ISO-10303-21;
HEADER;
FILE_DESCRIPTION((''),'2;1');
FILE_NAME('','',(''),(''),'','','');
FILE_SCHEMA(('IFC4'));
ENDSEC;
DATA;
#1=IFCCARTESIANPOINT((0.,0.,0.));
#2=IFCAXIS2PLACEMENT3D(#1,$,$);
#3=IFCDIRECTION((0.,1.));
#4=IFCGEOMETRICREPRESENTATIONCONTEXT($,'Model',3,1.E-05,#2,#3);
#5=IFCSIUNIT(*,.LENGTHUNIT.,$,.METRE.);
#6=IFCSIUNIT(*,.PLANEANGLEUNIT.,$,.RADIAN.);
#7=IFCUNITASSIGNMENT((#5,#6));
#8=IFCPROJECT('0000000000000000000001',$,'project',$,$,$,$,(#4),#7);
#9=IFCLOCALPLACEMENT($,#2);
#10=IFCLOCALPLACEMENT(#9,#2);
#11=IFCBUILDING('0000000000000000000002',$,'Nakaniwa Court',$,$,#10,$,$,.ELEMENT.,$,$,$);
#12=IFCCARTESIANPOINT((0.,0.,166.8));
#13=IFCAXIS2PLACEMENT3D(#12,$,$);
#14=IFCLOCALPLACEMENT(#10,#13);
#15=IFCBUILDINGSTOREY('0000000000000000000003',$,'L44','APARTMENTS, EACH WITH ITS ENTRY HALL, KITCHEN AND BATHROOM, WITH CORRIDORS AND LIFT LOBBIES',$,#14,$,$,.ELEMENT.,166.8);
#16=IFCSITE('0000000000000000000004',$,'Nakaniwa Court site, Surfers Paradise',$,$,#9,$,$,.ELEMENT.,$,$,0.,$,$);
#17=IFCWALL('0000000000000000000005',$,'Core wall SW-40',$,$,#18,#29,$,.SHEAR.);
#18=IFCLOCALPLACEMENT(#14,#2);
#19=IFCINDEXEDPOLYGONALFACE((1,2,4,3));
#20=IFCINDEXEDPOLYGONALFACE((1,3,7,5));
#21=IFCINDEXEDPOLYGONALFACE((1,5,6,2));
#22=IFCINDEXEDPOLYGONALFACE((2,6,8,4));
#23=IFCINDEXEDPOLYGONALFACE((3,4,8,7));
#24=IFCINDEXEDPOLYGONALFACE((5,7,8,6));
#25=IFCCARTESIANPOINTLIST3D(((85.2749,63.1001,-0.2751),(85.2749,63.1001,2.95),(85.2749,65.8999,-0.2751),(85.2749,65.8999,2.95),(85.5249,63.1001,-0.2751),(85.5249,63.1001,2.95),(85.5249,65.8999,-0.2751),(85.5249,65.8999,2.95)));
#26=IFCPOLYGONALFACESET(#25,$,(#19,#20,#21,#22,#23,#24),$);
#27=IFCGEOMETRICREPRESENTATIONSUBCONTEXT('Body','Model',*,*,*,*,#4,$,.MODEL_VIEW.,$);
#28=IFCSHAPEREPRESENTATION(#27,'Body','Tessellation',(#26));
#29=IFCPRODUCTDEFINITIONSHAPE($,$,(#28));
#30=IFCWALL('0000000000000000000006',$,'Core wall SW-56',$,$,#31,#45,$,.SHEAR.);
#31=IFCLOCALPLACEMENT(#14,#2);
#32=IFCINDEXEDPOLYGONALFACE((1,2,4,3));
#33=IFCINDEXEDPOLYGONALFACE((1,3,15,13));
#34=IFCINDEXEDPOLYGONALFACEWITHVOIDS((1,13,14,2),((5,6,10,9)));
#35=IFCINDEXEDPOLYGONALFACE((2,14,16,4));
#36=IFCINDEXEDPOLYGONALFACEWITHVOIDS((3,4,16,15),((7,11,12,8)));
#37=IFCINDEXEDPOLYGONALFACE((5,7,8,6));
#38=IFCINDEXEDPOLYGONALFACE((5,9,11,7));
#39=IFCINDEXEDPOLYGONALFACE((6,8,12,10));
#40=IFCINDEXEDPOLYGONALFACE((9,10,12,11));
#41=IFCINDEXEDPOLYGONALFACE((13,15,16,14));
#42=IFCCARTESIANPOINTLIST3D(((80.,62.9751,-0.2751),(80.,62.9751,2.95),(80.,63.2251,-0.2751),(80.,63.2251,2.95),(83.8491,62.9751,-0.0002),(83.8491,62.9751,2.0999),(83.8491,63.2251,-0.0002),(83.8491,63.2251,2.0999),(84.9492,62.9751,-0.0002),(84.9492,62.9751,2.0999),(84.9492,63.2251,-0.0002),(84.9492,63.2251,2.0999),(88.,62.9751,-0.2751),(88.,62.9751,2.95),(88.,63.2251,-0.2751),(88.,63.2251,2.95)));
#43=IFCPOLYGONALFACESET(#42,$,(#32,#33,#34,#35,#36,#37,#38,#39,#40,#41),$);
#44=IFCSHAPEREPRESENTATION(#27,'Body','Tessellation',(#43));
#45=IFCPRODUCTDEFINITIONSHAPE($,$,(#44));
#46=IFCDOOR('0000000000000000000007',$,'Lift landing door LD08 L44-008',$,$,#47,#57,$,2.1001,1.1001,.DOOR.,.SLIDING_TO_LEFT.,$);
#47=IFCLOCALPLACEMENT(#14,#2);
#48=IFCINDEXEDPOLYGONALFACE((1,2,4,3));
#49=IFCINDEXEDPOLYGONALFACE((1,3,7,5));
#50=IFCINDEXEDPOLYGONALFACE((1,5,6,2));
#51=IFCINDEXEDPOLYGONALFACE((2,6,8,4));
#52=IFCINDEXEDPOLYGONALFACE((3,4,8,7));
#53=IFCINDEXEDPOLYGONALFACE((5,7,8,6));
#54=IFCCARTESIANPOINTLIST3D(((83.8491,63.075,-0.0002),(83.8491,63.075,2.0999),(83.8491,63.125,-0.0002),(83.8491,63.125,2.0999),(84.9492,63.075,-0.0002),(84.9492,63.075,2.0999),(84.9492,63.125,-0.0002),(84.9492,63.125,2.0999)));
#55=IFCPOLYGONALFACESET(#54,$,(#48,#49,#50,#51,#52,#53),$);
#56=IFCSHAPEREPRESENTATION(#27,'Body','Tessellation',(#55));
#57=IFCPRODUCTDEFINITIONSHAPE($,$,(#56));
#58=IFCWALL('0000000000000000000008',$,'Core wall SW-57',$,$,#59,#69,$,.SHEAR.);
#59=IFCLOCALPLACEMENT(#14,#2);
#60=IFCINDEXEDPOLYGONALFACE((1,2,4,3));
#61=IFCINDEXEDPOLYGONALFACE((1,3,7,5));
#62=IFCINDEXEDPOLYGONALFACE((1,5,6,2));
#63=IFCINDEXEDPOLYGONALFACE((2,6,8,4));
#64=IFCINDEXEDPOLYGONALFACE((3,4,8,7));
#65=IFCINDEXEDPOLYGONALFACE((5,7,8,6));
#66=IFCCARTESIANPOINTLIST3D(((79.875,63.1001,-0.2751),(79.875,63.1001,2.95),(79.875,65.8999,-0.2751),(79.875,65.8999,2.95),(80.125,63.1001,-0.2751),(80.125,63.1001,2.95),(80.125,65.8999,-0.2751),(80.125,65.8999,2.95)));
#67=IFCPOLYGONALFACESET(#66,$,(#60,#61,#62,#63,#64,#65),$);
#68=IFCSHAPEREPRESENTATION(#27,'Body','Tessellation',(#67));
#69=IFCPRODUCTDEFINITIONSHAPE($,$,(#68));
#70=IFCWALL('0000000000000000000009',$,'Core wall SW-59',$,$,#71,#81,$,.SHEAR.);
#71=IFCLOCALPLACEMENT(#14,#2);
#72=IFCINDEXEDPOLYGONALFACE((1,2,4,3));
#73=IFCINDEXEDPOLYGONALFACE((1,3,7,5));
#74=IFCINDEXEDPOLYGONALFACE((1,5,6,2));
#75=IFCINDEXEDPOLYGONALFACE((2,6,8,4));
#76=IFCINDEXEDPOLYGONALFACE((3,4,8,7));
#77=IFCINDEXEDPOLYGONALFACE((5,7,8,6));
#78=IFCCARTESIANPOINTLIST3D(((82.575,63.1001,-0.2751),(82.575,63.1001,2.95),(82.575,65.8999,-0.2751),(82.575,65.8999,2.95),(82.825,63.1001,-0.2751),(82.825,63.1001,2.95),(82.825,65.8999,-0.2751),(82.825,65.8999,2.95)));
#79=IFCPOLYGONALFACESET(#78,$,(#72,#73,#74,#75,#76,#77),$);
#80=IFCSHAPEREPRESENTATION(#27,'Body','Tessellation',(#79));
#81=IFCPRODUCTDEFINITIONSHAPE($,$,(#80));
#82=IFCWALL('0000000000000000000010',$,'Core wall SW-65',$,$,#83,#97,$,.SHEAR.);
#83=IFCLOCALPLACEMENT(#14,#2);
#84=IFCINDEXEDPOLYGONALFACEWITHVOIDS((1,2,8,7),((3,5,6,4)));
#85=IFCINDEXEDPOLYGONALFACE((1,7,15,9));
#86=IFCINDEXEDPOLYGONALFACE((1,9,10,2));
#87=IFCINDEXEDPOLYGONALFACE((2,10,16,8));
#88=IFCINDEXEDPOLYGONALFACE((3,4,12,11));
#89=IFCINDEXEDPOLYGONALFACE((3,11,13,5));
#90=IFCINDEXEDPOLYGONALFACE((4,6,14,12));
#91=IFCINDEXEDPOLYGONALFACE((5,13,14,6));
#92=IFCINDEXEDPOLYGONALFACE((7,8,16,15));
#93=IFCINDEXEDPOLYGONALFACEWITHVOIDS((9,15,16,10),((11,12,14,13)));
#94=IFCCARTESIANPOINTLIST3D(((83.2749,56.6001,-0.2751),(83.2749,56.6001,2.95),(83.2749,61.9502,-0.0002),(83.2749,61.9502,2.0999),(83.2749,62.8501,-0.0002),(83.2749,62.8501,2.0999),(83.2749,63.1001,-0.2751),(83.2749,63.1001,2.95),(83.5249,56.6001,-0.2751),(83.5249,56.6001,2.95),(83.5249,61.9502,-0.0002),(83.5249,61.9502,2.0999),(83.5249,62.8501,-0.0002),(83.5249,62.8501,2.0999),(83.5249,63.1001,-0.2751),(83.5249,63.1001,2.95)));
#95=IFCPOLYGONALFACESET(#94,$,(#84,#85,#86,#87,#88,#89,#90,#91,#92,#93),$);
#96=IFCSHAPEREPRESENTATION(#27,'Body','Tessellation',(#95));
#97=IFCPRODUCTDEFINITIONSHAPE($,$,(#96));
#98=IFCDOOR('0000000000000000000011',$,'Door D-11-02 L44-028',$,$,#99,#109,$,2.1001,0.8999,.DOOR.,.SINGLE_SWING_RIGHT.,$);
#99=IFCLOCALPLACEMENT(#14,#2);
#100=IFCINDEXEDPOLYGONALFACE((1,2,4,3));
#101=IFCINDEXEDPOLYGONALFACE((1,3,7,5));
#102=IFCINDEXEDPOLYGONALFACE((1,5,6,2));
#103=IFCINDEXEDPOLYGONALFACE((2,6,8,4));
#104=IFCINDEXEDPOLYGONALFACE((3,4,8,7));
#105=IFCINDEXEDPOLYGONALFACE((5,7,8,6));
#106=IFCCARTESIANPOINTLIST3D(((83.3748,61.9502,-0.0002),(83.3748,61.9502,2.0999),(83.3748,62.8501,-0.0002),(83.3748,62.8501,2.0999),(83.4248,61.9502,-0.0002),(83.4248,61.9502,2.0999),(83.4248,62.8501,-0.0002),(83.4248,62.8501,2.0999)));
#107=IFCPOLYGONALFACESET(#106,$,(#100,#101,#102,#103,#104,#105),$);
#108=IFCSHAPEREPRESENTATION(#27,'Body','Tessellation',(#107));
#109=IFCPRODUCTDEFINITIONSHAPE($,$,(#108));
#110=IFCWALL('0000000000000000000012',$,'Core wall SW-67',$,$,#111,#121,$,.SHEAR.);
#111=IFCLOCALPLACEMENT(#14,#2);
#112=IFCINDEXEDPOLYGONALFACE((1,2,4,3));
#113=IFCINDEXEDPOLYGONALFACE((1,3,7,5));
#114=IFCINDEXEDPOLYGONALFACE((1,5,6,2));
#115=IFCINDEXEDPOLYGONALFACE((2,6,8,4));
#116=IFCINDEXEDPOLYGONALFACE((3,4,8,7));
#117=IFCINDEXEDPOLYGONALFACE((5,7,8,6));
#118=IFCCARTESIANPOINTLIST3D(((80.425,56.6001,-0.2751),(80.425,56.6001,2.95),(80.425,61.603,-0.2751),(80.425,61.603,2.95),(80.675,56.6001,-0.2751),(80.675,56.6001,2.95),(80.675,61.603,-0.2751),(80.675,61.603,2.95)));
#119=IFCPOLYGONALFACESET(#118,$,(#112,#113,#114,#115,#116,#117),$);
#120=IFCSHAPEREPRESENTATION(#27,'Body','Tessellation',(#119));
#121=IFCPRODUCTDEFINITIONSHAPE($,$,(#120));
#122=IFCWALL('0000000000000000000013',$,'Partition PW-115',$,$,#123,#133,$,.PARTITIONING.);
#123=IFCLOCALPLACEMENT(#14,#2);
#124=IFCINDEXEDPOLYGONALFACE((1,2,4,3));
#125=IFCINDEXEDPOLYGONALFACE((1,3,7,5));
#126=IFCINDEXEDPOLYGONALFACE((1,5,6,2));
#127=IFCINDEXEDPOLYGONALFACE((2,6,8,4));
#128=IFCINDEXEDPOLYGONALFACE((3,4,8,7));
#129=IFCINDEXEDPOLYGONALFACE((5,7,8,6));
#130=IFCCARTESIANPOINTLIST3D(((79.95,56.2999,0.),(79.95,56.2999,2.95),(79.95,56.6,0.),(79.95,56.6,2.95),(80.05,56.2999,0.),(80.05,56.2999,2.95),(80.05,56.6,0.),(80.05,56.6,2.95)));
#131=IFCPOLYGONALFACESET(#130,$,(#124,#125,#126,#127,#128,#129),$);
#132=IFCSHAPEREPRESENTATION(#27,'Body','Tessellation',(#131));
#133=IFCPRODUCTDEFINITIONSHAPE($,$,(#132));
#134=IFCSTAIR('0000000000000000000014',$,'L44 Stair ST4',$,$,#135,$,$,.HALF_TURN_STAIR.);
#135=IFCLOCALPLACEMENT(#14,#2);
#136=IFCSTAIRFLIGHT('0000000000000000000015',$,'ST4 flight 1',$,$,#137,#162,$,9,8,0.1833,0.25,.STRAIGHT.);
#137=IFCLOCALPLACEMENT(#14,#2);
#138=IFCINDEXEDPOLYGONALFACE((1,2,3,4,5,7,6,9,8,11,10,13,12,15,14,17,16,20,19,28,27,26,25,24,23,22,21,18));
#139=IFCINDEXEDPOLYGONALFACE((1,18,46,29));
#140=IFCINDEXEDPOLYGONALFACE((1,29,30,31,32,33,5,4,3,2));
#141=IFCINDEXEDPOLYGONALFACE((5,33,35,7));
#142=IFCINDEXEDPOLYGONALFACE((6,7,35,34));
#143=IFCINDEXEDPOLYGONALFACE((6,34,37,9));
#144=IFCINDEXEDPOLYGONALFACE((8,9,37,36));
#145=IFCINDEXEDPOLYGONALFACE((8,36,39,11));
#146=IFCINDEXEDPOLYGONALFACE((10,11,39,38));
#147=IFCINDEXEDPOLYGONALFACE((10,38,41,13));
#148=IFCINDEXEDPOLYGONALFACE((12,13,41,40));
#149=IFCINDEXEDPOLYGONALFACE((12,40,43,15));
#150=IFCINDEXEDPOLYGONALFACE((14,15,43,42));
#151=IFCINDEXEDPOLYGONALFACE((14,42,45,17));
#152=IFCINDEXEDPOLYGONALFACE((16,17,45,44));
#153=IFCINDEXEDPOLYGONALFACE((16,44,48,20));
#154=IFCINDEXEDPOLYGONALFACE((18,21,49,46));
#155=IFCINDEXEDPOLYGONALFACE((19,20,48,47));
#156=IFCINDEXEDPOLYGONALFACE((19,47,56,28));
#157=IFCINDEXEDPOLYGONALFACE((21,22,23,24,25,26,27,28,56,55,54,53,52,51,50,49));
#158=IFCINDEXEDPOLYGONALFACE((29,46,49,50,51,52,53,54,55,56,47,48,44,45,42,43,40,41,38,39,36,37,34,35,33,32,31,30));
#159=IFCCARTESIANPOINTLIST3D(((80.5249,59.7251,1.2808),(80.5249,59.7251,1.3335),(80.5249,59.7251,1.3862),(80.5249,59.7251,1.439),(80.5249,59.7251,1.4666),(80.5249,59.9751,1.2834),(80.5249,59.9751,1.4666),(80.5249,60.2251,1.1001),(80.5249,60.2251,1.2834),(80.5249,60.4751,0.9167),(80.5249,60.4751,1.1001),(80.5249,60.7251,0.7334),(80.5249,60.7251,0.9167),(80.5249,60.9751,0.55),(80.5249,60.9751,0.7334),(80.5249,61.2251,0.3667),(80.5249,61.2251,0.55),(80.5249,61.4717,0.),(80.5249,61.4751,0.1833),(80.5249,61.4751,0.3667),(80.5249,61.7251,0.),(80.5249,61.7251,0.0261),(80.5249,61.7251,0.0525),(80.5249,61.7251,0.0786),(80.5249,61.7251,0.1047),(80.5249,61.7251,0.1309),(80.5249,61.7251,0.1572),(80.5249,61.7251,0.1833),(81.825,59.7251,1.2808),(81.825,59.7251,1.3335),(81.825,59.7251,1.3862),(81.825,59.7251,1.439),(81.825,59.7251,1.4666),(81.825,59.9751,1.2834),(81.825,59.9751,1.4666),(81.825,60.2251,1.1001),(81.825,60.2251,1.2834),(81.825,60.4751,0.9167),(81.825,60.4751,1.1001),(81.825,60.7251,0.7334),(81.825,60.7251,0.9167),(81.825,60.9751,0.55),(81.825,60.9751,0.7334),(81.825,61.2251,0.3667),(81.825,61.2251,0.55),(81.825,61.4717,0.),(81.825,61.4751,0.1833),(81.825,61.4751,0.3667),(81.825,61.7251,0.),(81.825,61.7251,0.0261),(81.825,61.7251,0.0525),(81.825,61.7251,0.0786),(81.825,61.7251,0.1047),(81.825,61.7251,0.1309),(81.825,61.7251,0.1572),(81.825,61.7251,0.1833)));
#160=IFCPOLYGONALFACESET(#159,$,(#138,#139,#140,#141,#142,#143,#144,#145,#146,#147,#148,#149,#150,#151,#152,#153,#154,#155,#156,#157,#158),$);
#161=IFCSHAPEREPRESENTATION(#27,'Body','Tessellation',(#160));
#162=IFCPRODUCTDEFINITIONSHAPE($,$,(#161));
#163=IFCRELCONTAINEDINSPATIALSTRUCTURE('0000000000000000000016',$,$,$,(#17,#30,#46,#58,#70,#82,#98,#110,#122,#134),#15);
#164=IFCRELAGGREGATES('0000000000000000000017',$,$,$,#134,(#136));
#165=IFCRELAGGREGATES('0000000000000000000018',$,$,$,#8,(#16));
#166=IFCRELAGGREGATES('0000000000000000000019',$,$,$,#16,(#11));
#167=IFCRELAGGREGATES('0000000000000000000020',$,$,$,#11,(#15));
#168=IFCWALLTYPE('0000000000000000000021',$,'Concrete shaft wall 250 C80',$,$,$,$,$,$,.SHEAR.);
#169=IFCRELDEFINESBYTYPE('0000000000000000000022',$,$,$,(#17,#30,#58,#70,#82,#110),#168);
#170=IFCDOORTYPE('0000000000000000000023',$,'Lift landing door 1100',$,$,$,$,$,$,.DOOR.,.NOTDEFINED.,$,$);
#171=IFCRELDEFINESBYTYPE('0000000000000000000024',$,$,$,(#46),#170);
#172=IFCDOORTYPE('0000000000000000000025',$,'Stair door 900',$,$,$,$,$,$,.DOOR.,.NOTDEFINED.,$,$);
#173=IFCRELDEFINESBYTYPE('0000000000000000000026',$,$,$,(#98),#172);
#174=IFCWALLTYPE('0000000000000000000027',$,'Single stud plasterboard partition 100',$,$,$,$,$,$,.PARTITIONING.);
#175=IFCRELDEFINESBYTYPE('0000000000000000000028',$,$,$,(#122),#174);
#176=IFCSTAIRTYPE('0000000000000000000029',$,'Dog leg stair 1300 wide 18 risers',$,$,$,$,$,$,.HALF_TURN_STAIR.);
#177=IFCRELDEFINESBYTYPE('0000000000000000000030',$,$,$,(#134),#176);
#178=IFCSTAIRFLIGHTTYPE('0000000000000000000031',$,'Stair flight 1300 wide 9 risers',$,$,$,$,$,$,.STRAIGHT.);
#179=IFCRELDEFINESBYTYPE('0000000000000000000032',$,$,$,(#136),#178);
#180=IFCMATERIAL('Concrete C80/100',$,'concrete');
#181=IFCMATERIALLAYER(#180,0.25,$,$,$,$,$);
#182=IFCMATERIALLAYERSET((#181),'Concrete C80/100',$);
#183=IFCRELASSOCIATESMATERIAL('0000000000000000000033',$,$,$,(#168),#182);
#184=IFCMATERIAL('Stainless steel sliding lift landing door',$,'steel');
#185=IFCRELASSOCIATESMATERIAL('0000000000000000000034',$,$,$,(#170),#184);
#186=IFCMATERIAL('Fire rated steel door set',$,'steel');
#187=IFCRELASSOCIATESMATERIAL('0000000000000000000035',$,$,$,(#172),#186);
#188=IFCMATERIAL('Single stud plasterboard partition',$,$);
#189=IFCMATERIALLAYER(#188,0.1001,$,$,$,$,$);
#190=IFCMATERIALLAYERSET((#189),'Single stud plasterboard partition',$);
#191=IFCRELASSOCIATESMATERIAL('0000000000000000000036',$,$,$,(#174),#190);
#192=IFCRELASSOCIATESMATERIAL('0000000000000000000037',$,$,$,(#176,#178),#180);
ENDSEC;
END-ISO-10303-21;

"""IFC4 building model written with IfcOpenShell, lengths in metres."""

from ifc_helpers import new_model, si_unit, direction, frame, frame_2d, origin, place, context, subcontext, project, spatial, polyline, rectangle, outline, extrude, material, layer, layer_set, type_object, element, fill, aggregate, save


model = new_model("IFC4")

# Units and contexts
model_context = context("Model", 3, precision=1e-05, world=origin(), true_north=direction((0.0, 1.0)))
body_context = subcontext(model_context, "Body", "Model", "MODEL_VIEW")
ifc_project = project(units=[si_unit("LENGTHUNIT", "METRE"), si_unit("PLANEANGLEUNIT", "RADIAN")], contexts=[model_context])

# Site, building, storey
site_placement = place(None, origin())
site = spatial("IfcSite", under=ifc_project, at=site_placement, Name="Nakaniwa Court site, Surfers Paradise", CompositionType="ELEMENT", RefElevation=0.0)
building_placement = place(site_placement, origin())
building = spatial("IfcBuilding", under=site, at=building_placement, Name="Nakaniwa Court", CompositionType="ELEMENT")
storey_placement = place(building_placement, frame((0.0, 0.0, 166.8)))
storey = spatial("IfcBuildingStorey", under=building, at=storey_placement, Name="L44", Description="APARTMENTS, EACH WITH ITS ENTRY HALL, KITCHEN AND BATHROOM, WITH CORRIDORS AND LIFT LOBBIES", CompositionType="ELEMENT", Elevation=166.8)

# Shared definitions
ifc_material_1 = material(Name="Concrete C80/100", Category="concrete")

# Shared definitions
ifc_material_2 = material(Name="Fire rated steel door set", Category="steel")

# Wall
ifc_layer_1 = layer(ifc_material_1, 0.25)
ifc_layer_set_1 = layer_set([ifc_layer_1], Name="Concrete C80/100")
wall_type_1 = type_object("IfcWallType", Name="Concrete shaft wall 250 C80", PredefinedType="SHEAR", material=ifc_layer_set_1)
wall_1_placement = place(storey_placement, frame((85.3999, 63.1001, -0.2751), z_axis=(0.0, 0.0, 1.0), x_axis=(0.0, 1.0, 0.0)))
element("IfcWall", 1, at=wall_1_placement, inside=storey, type_object=wall_type_1, Name="Core wall SW-40", PredefinedType="SHEAR", context=body_context, shape_type="SweptSolid", body=[
    extrude(rectangle(XDim=2.7998, YDim=0.25, at=frame_2d((1.3999, 0.0))), origin(), (0.0, 0.0, 1.0), 3.2251),
])

# Wall, opening, door
wall_2_placement = place(storey_placement, frame((80.0, 63.1001, -0.2751), z_axis=(0.0, 0.0, 1.0), x_axis=(1.0, 0.0, 0.0)))
wall_2 = element("IfcWall", 2, at=wall_2_placement, inside=storey, type_object=wall_type_1, Name="Core wall SW-56", PredefinedType="SHEAR", context=body_context, shape_type="SweptSolid", body=[
    extrude(rectangle(XDim=8.0, YDim=0.25, at=frame_2d((4.0, 0.0))), origin(), (0.0, 0.0, 1.0), 3.2251),
])
opening_1_placement = place(wall_2_placement, frame((3.8491, 0.0, 0.2749)))
opening_1 = element("IfcOpeningElement", 3, at=opening_1_placement, cuts=wall_2, PredefinedType="OPENING", context=body_context, shape_type="SweptSolid", body=[
    extrude(rectangle(XDim=1.1001, YDim=2.1001, at=frame_2d((0.55, 1.05))), frame((0.0, 0.135, 0.0), z_axis=(0.0, -1.0, 0.0), x_axis=(1.0, 0.0, 0.0)), (0.0, 0.0, 1.0), 0.27),
])
ifc_material_3 = material(Name="Stainless steel sliding lift landing door", Category="steel")
door_type_1 = type_object("IfcDoorType", Name="Lift landing door 1100", OperationType="NOTDEFINED", PredefinedType="DOOR", material=ifc_material_3)
door_1_placement = place(opening_1_placement, origin())
door_1 = element("IfcDoor", 4, at=door_1_placement, inside=storey, type_object=door_type_1, Name="Lift landing door LD08 L44-008", OperationType="SLIDING_TO_LEFT", OverallHeight=2.1001, OverallWidth=1.1001, PredefinedType="DOOR", context=body_context, shape_type="SweptSolid", body=[
    extrude(rectangle(XDim=1.1001, YDim=2.1001, at=frame_2d((0.55, 1.05))), frame((0.0, 0.0249, 0.0), z_axis=(0.0, -1.0, 0.0), x_axis=(1.0, 0.0, 0.0)), (0.0, 0.0, 1.0), 0.05),
])
fill(opening_1, door_1)

# Walls
for number, where, z_axis, x_axis, name in (
    (5, (80.0, 63.1001, -0.2751), (0.0, 0.0, 1.0), (0.0, 1.0, 0.0), "Core wall SW-57"),
    (6, (82.7, 63.1001, -0.2751), (0.0, 0.0, 1.0), (0.0, 1.0, 0.0), "Core wall SW-59"),
):
    element("IfcWall", number, at=place(storey_placement, frame(where, z_axis=z_axis, x_axis=x_axis)), inside=storey, type_object=wall_type_1, Name=name, PredefinedType="SHEAR", context=body_context, shape_type="SweptSolid", body=[
        extrude(rectangle(XDim=2.7998, YDim=0.25, at=frame_2d((1.3999, 0.0))), origin(), (0.0, 0.0, 1.0), 3.2251),
    ])

# Wall, opening, door
wall_3_placement = place(storey_placement, frame((83.3999, 63.1001, -0.2751), z_axis=(0.0, 0.0, 1.0), x_axis=(0.0, -1.0, 0.0)))
wall_3 = element("IfcWall", 7, at=wall_3_placement, inside=storey, type_object=wall_type_1, Name="Core wall SW-65", PredefinedType="SHEAR", context=body_context, shape_type="SweptSolid", body=[
    extrude(rectangle(XDim=6.5, YDim=0.25, at=frame_2d((3.25, 0.0))), origin(), (0.0, 0.0, 1.0), 3.2251),
])
opening_2_placement = place(wall_3_placement, frame((0.25, 0.0, 0.2749)))
opening_2 = element("IfcOpeningElement", 8, at=opening_2_placement, cuts=wall_3, PredefinedType="OPENING", context=body_context, shape_type="SweptSolid", body=[
    extrude(rectangle(XDim=0.8999, YDim=2.1001, at=frame_2d((0.45, 1.05))), frame((0.0, 0.135, 0.0), z_axis=(0.0, -1.0, 0.0), x_axis=(1.0, 0.0, 0.0)), (0.0, 0.0, 1.0), 0.27),
])
door_type_2 = type_object("IfcDoorType", Name="Stair door 900", OperationType="NOTDEFINED", PredefinedType="DOOR", material=ifc_material_2)
door_2_placement = place(opening_2_placement, origin())
door_2 = element("IfcDoor", 9, at=door_2_placement, inside=storey, type_object=door_type_2, Name="Door D-11-02 L44-028", OperationType="SINGLE_SWING_RIGHT", OverallHeight=2.1001, OverallWidth=0.8999, PredefinedType="DOOR", context=body_context, shape_type="SweptSolid", body=[
    extrude(rectangle(XDim=0.8999, YDim=2.1001, at=frame_2d((0.45, 1.05))), frame((0.0, 0.0249, 0.0), z_axis=(0.0, -1.0, 0.0), x_axis=(1.0, 0.0, 0.0)), (0.0, 0.0, 1.0), 0.05),
])
fill(opening_2, door_2)

# Walls
wall_4_placement = place(storey_placement, frame((80.55, 56.6001, -0.2751), z_axis=(0.0, 0.0, 1.0), x_axis=(0.0, 1.0, 0.0)))
element("IfcWall", 10, at=wall_4_placement, inside=storey, type_object=wall_type_1, Name="Core wall SW-67", PredefinedType="SHEAR", context=body_context, shape_type="SweptSolid", body=[
    extrude(rectangle(XDim=5.0029, YDim=0.25, at=frame_2d((2.5015, 0.0))), origin(), (0.0, 0.0, 1.0), 3.2251),
])
ifc_material_4 = material(Name="Single stud plasterboard partition")
ifc_layer_2 = layer(ifc_material_4, 0.1001)
ifc_layer_set_2 = layer_set([ifc_layer_2], Name="Single stud plasterboard partition")
wall_type_2 = type_object("IfcWallType", Name="Single stud plasterboard partition 100", PredefinedType="PARTITIONING", material=ifc_layer_set_2)
wall_5_placement = place(storey_placement, frame((80.0, 56.3, 0.0), z_axis=(0.0, 0.0, 1.0), x_axis=(0.0, 1.0, 0.0)))
element("IfcWall", 11, at=wall_5_placement, inside=storey, type_object=wall_type_2, Name="Partition PW-115", PredefinedType="PARTITIONING", context=body_context, shape_type="SweptSolid", body=[
    extrude(rectangle(XDim=0.3, YDim=0.1001, at=frame_2d((0.1499, 0.0))), origin(), (0.0, 0.0, 1.0), 2.95),
])

# Stair, stair flight
stair_type = type_object("IfcStairType", Name="Dog leg stair 1300 wide 18 risers", PredefinedType="HALF_TURN_STAIR", material=ifc_material_1)
stair_placement = place(storey_placement, origin())
stair = element("IfcStair", 12, at=stair_placement, inside=storey, type_object=stair_type, Name="L44 Stair ST4", PredefinedType="HALF_TURN_STAIR")
stair_flight_type = type_object("IfcStairFlightType", Name="Stair flight 1300 wide 9 risers", PredefinedType="STRAIGHT", material=ifc_material_1)
stair_flight_1_placement = place(storey_placement, frame((81.175, 61.7251, 0.0), z_axis=(0.0, 0.0, 1.0), x_axis=(0.0, -1.0, 0.0)))
stair_flight_1 = element("IfcStairFlight", 13, at=stair_flight_1_placement, type_object=stair_flight_type, Name="ST4 flight 1", NumberOfRisers=9, NumberOfTreads=8, PredefinedType="STRAIGHT", RiserHeight=0.1833, TreadLength=0.25, context=body_context, shape_type="SweptSolid", body=[
    extrude(outline(polyline([(0.0, 0.0), (0.0, 0.0261), (0.0, 0.0525), (0.0, 0.0786), (0.0, 0.1047), (0.0, 0.1309), (0.0, 0.1572), (0.0, 0.1833), (0.25, 0.1833), (0.25, 0.3667), (0.5, 0.3667), (0.5, 0.55), (0.75, 0.55), (0.75, 0.7334), (1.0, 0.7334), (1.0, 0.9167), (1.25, 0.9167), (1.25, 1.1001), (1.5, 1.1001), (1.5, 1.2834), (1.75, 1.2834), (1.75, 1.4666), (2.0, 1.4666), (2.0, 1.6499), (2.0, 1.5972), (2.0, 1.5444), (2.0, 1.4917), (2.0, 1.439), (2.0, 1.3862), (2.0, 1.3335), (2.0, 1.2808), (0.2534, 0.0), (0.0, 0.0)])), frame((0.0, 0.6499, 0.0), z_axis=(0.0, -1.0, 0.0), x_axis=(1.0, 0.0, 0.0)), (0.0, 0.0, 1.0), 1.3),
])
aggregate(stair, [stair_flight_1])

save(model, "model.ifc")
